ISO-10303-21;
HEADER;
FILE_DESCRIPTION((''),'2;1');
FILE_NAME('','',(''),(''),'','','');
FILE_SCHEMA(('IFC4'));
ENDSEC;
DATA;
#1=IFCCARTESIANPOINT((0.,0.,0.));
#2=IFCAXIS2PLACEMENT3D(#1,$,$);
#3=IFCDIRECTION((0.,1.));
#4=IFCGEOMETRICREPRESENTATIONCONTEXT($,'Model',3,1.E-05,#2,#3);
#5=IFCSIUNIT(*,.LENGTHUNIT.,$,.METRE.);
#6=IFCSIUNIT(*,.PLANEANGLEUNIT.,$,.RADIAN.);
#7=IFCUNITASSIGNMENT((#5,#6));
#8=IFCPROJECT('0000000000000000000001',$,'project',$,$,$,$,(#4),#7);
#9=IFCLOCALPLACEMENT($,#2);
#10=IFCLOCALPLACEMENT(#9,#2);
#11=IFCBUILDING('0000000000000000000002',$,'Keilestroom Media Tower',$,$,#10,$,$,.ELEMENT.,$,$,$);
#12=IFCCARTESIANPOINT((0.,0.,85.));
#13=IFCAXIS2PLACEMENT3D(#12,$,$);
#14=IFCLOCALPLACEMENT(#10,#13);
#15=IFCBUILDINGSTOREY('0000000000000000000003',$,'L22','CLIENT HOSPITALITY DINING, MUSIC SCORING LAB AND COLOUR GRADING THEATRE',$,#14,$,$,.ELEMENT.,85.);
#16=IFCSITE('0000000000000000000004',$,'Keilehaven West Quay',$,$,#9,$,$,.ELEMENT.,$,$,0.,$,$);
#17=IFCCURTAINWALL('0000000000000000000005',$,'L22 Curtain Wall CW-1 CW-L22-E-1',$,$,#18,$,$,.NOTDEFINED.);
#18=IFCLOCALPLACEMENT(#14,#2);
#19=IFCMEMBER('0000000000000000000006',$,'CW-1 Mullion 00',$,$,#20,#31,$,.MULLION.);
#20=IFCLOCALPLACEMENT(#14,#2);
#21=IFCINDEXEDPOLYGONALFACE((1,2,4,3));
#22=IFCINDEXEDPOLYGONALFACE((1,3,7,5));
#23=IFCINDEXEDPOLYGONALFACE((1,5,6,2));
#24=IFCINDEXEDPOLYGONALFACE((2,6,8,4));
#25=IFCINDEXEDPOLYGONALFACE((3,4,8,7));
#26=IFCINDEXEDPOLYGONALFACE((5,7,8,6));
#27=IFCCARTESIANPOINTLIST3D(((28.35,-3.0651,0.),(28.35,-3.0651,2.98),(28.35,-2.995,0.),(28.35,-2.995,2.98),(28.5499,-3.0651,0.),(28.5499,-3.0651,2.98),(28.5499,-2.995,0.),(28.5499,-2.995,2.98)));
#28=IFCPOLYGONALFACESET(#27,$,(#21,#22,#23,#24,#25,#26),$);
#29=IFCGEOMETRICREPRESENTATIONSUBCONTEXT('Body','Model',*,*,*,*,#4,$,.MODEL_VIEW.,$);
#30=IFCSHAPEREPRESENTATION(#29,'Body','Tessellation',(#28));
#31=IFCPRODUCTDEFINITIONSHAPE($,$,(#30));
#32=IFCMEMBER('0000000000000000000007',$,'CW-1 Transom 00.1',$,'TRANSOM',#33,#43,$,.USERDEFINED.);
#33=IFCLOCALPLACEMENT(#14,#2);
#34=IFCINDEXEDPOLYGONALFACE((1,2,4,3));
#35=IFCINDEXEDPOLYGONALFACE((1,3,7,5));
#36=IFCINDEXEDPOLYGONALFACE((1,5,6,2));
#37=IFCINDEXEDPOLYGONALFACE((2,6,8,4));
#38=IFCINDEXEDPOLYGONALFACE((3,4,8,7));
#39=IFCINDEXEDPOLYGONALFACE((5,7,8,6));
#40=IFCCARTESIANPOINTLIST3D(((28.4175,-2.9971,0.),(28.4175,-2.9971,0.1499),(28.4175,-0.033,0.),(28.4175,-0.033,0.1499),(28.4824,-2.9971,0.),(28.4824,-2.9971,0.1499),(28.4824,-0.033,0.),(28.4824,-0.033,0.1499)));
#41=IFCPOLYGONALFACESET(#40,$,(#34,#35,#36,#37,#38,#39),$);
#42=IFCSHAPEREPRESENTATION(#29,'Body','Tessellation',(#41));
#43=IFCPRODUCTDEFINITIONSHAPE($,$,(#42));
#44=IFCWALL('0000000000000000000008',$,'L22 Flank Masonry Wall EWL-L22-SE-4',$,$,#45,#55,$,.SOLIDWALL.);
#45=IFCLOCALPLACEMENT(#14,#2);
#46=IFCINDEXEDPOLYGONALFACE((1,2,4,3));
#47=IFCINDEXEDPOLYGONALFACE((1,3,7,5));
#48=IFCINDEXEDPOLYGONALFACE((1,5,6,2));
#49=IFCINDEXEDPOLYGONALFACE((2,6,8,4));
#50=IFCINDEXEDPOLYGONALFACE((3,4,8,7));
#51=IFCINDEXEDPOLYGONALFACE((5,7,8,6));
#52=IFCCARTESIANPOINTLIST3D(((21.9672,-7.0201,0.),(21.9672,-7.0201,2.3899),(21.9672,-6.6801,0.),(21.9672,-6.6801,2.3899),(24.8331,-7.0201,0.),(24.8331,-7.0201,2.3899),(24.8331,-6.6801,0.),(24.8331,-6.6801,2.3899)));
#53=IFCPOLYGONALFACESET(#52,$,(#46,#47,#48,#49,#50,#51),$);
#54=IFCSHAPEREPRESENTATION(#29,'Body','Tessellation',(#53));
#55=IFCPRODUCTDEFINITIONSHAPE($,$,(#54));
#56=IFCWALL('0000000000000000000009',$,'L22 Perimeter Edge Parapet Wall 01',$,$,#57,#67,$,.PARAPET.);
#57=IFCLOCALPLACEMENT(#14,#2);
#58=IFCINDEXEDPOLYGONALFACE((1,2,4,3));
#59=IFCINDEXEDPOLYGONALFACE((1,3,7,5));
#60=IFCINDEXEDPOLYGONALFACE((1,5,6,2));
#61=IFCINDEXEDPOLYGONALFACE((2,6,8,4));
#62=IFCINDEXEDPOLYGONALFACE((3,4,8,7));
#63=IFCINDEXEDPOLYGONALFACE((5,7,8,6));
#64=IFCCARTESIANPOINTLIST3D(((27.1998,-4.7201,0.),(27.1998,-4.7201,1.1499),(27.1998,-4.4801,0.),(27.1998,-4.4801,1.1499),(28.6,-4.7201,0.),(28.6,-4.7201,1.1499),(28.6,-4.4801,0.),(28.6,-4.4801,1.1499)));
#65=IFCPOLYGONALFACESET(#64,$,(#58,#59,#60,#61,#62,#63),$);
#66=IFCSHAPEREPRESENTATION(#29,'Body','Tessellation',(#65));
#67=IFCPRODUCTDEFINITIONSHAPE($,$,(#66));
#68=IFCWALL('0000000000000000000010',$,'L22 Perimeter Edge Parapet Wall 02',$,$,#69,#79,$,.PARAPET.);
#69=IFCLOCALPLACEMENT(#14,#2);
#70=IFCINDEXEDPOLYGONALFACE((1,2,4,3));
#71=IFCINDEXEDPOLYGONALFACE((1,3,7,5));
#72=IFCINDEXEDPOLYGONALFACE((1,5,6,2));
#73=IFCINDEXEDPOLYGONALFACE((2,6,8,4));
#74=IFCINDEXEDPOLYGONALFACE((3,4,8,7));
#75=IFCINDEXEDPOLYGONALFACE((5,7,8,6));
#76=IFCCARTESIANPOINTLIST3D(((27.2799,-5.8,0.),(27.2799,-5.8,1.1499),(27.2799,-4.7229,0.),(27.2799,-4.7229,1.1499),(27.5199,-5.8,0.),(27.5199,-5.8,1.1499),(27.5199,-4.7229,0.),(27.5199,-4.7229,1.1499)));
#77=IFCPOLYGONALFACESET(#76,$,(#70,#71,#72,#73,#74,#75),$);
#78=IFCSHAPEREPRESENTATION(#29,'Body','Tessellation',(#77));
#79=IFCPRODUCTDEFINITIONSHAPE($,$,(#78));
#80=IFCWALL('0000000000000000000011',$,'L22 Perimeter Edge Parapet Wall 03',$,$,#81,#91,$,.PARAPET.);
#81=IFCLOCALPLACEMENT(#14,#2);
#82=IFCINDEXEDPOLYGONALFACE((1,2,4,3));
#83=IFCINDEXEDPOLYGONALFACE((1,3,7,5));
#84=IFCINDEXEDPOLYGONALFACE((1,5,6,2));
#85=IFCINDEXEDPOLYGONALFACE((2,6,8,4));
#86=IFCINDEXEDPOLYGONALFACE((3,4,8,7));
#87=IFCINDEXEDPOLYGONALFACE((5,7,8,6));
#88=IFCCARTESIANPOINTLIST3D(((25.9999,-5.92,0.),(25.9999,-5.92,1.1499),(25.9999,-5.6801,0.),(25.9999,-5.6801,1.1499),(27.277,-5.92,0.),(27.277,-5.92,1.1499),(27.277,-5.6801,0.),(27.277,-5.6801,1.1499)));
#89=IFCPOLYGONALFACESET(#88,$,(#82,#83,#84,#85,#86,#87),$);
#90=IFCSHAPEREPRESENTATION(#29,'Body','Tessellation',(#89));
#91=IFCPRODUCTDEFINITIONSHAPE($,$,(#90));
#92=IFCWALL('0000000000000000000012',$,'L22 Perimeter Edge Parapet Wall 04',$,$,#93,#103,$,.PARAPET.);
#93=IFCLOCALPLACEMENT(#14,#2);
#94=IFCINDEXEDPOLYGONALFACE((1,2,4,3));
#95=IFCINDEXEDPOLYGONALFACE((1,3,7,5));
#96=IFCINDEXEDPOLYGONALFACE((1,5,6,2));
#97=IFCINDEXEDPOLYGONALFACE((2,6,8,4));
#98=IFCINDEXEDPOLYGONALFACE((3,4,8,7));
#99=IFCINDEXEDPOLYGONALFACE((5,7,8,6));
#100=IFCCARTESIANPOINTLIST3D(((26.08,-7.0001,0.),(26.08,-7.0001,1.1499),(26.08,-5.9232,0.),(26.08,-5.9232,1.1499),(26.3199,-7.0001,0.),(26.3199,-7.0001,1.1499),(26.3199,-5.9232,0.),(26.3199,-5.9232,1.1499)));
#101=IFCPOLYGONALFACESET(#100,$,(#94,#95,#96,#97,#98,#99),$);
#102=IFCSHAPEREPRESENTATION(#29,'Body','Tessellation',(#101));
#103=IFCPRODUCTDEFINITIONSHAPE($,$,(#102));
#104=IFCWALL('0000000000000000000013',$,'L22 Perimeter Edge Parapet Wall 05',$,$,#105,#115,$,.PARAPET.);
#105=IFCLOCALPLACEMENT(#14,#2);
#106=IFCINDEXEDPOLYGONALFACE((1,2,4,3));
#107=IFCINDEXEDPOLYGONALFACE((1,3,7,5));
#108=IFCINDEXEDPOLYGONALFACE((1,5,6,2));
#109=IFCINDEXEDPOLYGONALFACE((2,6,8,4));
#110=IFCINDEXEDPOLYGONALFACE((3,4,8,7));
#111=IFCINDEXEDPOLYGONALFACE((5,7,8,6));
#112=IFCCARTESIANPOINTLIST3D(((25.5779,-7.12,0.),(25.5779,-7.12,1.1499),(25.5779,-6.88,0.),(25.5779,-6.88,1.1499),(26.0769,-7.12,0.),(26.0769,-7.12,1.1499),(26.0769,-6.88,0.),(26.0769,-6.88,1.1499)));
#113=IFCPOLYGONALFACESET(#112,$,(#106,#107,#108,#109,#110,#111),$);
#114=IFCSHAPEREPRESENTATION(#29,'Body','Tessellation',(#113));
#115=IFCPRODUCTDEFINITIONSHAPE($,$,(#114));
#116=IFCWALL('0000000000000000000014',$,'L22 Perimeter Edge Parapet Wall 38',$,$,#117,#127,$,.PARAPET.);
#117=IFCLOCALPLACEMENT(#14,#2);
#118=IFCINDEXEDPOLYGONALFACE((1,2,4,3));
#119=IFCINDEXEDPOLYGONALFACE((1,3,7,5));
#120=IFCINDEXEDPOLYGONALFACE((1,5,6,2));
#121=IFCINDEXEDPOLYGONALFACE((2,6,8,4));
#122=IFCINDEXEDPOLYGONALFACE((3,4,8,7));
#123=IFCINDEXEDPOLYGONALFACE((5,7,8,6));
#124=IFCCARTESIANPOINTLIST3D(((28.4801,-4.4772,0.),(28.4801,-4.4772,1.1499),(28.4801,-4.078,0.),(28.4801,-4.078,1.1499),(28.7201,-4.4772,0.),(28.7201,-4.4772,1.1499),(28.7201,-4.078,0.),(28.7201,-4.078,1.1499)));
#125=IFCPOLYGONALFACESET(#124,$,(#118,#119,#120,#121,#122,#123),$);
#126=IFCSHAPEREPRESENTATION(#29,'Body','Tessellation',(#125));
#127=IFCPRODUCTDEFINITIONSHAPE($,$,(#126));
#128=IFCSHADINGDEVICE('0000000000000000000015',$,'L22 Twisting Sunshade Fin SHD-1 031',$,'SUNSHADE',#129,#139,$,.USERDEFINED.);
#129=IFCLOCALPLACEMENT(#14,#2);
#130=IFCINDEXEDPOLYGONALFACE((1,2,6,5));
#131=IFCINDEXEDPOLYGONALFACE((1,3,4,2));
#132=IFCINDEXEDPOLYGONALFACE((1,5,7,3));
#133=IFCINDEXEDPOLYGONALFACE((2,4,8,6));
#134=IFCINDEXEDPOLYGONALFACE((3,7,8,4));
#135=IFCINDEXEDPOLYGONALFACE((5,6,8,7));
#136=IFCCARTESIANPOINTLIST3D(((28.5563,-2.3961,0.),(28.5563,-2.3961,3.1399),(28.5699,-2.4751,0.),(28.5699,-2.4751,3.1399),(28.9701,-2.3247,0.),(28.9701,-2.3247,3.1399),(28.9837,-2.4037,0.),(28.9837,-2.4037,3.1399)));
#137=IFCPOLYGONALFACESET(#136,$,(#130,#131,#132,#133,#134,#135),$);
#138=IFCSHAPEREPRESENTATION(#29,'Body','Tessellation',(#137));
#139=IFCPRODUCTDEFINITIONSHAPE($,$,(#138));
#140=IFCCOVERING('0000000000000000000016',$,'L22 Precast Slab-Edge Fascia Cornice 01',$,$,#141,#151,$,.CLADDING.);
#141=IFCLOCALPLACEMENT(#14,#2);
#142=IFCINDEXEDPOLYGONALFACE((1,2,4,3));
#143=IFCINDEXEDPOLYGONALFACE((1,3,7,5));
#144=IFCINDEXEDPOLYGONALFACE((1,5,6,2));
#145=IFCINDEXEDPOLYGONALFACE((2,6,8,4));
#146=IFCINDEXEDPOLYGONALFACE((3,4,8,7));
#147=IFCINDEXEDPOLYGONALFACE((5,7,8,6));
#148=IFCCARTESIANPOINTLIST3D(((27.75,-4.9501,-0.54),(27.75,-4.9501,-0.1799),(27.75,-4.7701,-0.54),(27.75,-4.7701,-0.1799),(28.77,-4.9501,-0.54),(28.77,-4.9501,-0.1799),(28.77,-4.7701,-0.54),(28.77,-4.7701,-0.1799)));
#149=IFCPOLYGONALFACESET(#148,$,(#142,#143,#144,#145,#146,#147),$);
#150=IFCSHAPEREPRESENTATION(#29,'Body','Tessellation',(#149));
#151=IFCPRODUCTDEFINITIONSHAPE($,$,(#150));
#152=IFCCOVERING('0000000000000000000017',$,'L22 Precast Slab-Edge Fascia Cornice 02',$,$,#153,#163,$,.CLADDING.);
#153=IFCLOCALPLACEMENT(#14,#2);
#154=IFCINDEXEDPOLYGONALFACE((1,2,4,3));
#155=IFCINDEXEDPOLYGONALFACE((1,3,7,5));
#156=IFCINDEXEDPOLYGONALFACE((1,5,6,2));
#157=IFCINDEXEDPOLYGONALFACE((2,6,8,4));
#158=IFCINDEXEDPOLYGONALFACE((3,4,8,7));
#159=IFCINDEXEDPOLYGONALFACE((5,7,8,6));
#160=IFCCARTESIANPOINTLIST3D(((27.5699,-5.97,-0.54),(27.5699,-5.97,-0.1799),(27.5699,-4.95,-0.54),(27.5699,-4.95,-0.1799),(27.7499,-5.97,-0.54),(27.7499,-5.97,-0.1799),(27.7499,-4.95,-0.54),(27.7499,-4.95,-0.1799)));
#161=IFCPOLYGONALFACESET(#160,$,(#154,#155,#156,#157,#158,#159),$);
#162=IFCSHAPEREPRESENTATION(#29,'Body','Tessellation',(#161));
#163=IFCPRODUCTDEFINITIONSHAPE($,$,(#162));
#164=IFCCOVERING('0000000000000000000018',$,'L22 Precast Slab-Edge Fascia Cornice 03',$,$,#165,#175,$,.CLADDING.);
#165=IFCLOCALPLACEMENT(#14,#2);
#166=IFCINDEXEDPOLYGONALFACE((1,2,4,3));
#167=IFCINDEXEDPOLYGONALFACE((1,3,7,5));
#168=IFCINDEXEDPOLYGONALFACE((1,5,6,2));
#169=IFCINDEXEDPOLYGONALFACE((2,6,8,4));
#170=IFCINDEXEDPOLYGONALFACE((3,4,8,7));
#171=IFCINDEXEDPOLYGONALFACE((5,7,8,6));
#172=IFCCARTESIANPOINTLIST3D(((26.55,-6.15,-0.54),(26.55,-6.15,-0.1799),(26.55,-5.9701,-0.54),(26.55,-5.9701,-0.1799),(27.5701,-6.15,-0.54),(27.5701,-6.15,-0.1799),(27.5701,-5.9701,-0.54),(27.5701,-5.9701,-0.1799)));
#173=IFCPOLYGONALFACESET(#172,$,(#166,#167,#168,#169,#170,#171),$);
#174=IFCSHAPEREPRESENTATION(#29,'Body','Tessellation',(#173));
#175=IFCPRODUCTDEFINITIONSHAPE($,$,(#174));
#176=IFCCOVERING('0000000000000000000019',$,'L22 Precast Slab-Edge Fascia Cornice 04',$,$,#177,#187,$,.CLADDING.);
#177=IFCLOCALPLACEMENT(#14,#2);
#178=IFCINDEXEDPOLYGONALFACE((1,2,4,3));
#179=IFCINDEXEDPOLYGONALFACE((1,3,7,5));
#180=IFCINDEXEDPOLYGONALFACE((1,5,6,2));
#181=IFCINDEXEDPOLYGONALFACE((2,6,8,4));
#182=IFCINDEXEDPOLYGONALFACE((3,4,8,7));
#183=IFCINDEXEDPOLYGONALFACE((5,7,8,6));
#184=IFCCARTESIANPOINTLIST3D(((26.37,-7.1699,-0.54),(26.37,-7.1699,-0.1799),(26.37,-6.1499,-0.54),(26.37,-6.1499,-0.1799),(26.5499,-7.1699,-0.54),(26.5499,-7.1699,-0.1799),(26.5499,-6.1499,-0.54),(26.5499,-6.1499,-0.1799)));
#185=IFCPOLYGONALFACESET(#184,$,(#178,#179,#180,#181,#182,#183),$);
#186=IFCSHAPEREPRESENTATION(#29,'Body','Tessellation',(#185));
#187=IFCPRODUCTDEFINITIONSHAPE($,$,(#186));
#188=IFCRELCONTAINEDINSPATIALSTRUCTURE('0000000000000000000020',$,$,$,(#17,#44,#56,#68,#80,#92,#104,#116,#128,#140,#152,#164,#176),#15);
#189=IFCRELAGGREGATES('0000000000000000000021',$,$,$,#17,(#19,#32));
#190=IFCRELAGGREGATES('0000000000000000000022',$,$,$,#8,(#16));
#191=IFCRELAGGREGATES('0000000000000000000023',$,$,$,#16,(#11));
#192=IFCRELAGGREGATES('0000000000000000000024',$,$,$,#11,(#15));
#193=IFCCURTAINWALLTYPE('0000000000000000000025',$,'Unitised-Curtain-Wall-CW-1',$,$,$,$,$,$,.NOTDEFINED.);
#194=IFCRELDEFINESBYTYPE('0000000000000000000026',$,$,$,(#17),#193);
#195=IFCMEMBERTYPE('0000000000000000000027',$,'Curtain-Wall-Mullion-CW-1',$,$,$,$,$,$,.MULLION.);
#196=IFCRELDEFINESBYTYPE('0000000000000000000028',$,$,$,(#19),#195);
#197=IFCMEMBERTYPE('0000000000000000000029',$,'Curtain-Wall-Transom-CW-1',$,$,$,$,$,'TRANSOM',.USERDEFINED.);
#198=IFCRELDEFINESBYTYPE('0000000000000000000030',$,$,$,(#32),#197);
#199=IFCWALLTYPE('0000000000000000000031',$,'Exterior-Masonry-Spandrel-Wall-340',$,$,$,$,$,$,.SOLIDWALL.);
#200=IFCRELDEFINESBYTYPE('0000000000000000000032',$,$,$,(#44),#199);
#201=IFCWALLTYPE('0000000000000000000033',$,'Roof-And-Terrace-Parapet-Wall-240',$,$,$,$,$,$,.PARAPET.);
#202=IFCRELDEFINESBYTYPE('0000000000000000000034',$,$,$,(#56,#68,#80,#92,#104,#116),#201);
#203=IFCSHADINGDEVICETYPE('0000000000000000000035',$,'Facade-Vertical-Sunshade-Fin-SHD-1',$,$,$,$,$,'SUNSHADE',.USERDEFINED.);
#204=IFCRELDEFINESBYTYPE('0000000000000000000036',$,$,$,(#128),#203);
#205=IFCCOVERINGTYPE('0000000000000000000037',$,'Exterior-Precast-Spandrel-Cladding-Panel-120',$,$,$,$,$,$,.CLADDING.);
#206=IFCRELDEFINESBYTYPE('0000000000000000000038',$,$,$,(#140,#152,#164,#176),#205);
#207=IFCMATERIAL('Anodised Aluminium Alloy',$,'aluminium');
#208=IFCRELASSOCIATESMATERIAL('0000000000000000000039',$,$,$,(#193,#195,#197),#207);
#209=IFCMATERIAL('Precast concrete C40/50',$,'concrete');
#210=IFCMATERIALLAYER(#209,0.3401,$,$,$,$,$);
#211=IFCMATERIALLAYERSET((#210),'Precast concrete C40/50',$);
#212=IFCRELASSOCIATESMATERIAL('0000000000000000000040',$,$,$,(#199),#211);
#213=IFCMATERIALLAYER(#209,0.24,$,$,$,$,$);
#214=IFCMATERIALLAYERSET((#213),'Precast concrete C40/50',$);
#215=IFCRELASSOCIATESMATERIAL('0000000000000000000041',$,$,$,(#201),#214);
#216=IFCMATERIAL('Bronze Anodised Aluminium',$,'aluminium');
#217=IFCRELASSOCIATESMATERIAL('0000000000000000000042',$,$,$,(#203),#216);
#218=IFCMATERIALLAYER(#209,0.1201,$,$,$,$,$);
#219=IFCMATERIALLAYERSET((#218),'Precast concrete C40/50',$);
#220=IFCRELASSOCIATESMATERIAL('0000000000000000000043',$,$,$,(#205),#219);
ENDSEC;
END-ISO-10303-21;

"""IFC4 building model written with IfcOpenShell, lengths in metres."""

from ifc_helpers import new_model, si_unit, direction, frame, frame_2d, origin, origin_2d, place, context, subcontext, project, spatial, rectangle, extrude, source, transform, mapped, material, layer, layer_set, material_profile, profile_set, type_object, element, aggregate, save


model = new_model("IFC4")

# Units and contexts
model_context = context("Model", 3, precision=1e-05, world=origin(), true_north=direction((0.0, 1.0)))
body_context = subcontext(model_context, "Body", "Model", "MODEL_VIEW")
ifc_project = project(units=[si_unit("LENGTHUNIT", "METRE"), si_unit("PLANEANGLEUNIT", "RADIAN")], contexts=[model_context])

# Site, building, storey
site_placement = place(None, origin())
site = spatial("IfcSite", under=ifc_project, at=site_placement, Name="Keilehaven West Quay", CompositionType="ELEMENT", RefElevation=0.0)
building_placement = place(site_placement, origin())
building = spatial("IfcBuilding", under=site, at=building_placement, Name="Keilestroom Media Tower", CompositionType="ELEMENT")
storey_placement = place(building_placement, frame((0.0, 0.0, 85.0)))
storey = spatial("IfcBuildingStorey", under=building, at=storey_placement, Name="L22", Description="CLIENT HOSPITALITY DINING, MUSIC SCORING LAB AND COLOUR GRADING THEATRE", CompositionType="ELEMENT", Elevation=85.0)

# Shared definitions
ifc_material_1 = material(Name="Precast concrete C40/50", Category="concrete")

# Curtain wall, members
ifc_material_2 = material(Name="Anodised Aluminium Alloy", Category="aluminium")
curtain_wall_type = type_object("IfcCurtainWallType", Name="Unitised-Curtain-Wall-CW-1", PredefinedType="NOTDEFINED", material=ifc_material_2)
curtain_wall_placement = place(storey_placement, origin())
curtain_wall = element("IfcCurtainWall", 1, at=curtain_wall_placement, inside=storey, type_object=curtain_wall_type, Name="L22 Curtain Wall CW-1 CW-L22-E-1", PredefinedType="NOTDEFINED")
ifc_material_profile_1 = material_profile(ifc_material_2, rectangle(XDim=0.0701, YDim=0.2, at=origin_2d()), Name="ALU MULLION 70x200")
ifc_profile_set_1 = profile_set([ifc_material_profile_1], Name="Anodised Aluminium Alloy")
member_type_1 = type_object("IfcMemberType", Name="Curtain-Wall-Mullion-CW-1", PredefinedType="MULLION", material=ifc_profile_set_1)
shared_shape_1 = source(origin(), body_context, "Body", "SweptSolid", [
    extrude(rectangle(XDim=0.0701, YDim=0.2, at=origin_2d()), origin(), (0.0, 0.0, 1.0), 2.98),
])
member_1_placement = place(storey_placement, frame((28.45, -3.03, 0.0), z_axis=(0.0, 0.0, 1.0), x_axis=(0.0, 1.0, 0.0)))
member_1 = element("IfcMember", 2, at=member_1_placement, type_object=member_type_1, Name="CW-1 Mullion 00", PredefinedType="MULLION", context=body_context, shape_type="MappedRepresentation", body=[
    mapped(shared_shape_1, transform((0.0, 0.0, 0.0), x_axis=(1.0, 0.0, 0.0), y_axis=(0.0, 1.0, 0.0), z_axis=(0.0, 0.0, 1.0), scale=1.0)),
])
ifc_material_profile_2 = material_profile(ifc_material_2, rectangle(XDim=0.0649, YDim=0.1499, at=origin_2d()), Name="ALU TRANSOM 65x150")
ifc_profile_set_2 = profile_set([ifc_material_profile_2], Name="Anodised Aluminium Alloy")
member_type_2 = type_object("IfcMemberType", Name="Curtain-Wall-Transom-CW-1", ElementType="TRANSOM", PredefinedType="USERDEFINED", material=ifc_profile_set_2)
shared_shape_2 = source(origin(), body_context, "Body", "SweptSolid", [
    extrude(rectangle(XDim=0.0649, YDim=0.1499, at=origin_2d()), origin(), (0.0, 0.0, 1.0), 2.9641),
])
member_2_placement = place(storey_placement, frame((28.45, -2.9971, 0.075), z_axis=(0.0, 1.0, 0.0), x_axis=(-1.0, 0.0, 0.0)))
member_2 = element("IfcMember", 3, at=member_2_placement, type_object=member_type_2, Name="CW-1 Transom 00.1", ObjectType="TRANSOM", PredefinedType="USERDEFINED", context=body_context, shape_type="MappedRepresentation", body=[
    mapped(shared_shape_2, transform((0.0, 0.0, 0.0), x_axis=(1.0, 0.0, 0.0), y_axis=(0.0, 1.0, 0.0), z_axis=(0.0, 0.0, 1.0), scale=1.0)),
])
aggregate(curtain_wall, [member_1, member_2])

# Walls
ifc_layer_1 = layer(ifc_material_1, 0.3401)
ifc_layer_set_1 = layer_set([ifc_layer_1], Name="Precast concrete C40/50")
wall_type_1 = type_object("IfcWallType", Name="Exterior-Masonry-Spandrel-Wall-340", PredefinedType="SOLIDWALL", material=ifc_layer_set_1)
wall_1_placement = place(storey_placement, frame((21.967, -6.8501, 0.0), z_axis=(0.0, 0.0, 1.0), x_axis=(1.0, 0.0, 0.0)))
element("IfcWall", 4, at=wall_1_placement, inside=storey, type_object=wall_type_1, Name="L22 Flank Masonry Wall EWL-L22-SE-4", PredefinedType="SOLIDWALL", context=body_context, shape_type="SweptSolid", body=[
    extrude(rectangle(XDim=2.866, YDim=0.3401, at=frame_2d((1.4331, 0.0))), origin(), (0.0, 0.0, 1.0), 2.3899),
])
ifc_layer_2 = layer(ifc_material_1, 0.24)
ifc_layer_set_2 = layer_set([ifc_layer_2], Name="Precast concrete C40/50")
wall_type_2 = type_object("IfcWallType", Name="Roof-And-Terrace-Parapet-Wall-240", PredefinedType="PARAPET", material=ifc_layer_set_2)
wall_2_placement = place(storey_placement, frame((28.6001, -4.6001, 0.0), z_axis=(0.0, 0.0, 1.0), x_axis=(-1.0, 0.0, 0.0)))
element("IfcWall", 5, at=wall_2_placement, inside=storey, type_object=wall_type_2, Name="L22 Perimeter Edge Parapet Wall 01", PredefinedType="PARAPET", context=body_context, shape_type="SweptSolid", body=[
    extrude(rectangle(XDim=1.4001, YDim=0.24, at=frame_2d((0.7002, 0.0))), origin(), (0.0, 0.0, 1.0), 1.1499),
])
wall_3_placement = place(storey_placement, frame((27.3999, -4.7229, 0.0), z_axis=(0.0, 0.0, 1.0), x_axis=(0.0, -1.0, 0.0)))
element("IfcWall", 6, at=wall_3_placement, inside=storey, type_object=wall_type_2, Name="L22 Perimeter Edge Parapet Wall 02", PredefinedType="PARAPET", context=body_context, shape_type="SweptSolid", body=[
    extrude(rectangle(XDim=1.0771, YDim=0.24, at=frame_2d((0.5386, 0.0))), origin(), (0.0, 0.0, 1.0), 1.1499),
])
wall_4_placement = place(storey_placement, frame((27.2771, -5.8, 0.0), z_axis=(0.0, 0.0, 1.0), x_axis=(-1.0, 0.0, 0.0)))
element("IfcWall", 7, at=wall_4_placement, inside=storey, type_object=wall_type_2, Name="L22 Perimeter Edge Parapet Wall 03", PredefinedType="PARAPET", context=body_context, shape_type="SweptSolid", body=[
    extrude(rectangle(XDim=1.2771, YDim=0.24, at=frame_2d((0.6387, 0.0))), origin(), (0.0, 0.0, 1.0), 1.1499),
])
wall_5_placement = place(storey_placement, frame((26.2, -5.9231, 0.0), z_axis=(0.0, 0.0, 1.0), x_axis=(0.0, -1.0, 0.0)))
element("IfcWall", 8, at=wall_5_placement, inside=storey, type_object=wall_type_2, Name="L22 Perimeter Edge Parapet Wall 04", PredefinedType="PARAPET", context=body_context, shape_type="SweptSolid", body=[
    extrude(rectangle(XDim=1.0769, YDim=0.24, at=frame_2d((0.5386, 0.0))), origin(), (0.0, 0.0, 1.0), 1.1499),
])
wall_6_placement = place(storey_placement, frame((26.0769, -7.0, 0.0), z_axis=(0.0, 0.0, 1.0), x_axis=(-1.0, 0.0, 0.0)))
element("IfcWall", 9, at=wall_6_placement, inside=storey, type_object=wall_type_2, Name="L22 Perimeter Edge Parapet Wall 05", PredefinedType="PARAPET", context=body_context, shape_type="SweptSolid", body=[
    extrude(rectangle(XDim=0.499, YDim=0.24, at=frame_2d((0.2495, 0.0))), origin(), (0.0, 0.0, 1.0), 1.1499),
])
wall_7_placement = place(storey_placement, frame((28.6001, -4.0779, 0.0), z_axis=(0.0, 0.0, 1.0), x_axis=(0.0, -1.0, 0.0)))
element("IfcWall", 10, at=wall_7_placement, inside=storey, type_object=wall_type_2, Name="L22 Perimeter Edge Parapet Wall 38", PredefinedType="PARAPET", context=body_context, shape_type="SweptSolid", body=[
    extrude(rectangle(XDim=0.3992, YDim=0.24, at=frame_2d((0.1997, 0.0))), origin(), (0.0, 0.0, 1.0), 1.1499),
])

# Shading device
ifc_material_3 = material(Name="Bronze Anodised Aluminium", Category="aluminium")
shading_device_type = type_object("IfcShadingDeviceType", Name="Facade-Vertical-Sunshade-Fin-SHD-1", ElementType="SUNSHADE", PredefinedType="USERDEFINED", material=ifc_material_3)
shared_shape_3 = source(origin(), body_context, "Body", "SweptSolid", [
    extrude(rectangle(XDim=0.4199, YDim=0.0801, at=origin_2d()), origin(), (0.0, 0.0, 1.0), 3.1399),
])
shading_device_placement = place(storey_placement, frame((28.77, -2.3999, 0.0), z_axis=(0.0, 0.0, 1.0), x_axis=(0.985438, 0.170038, 0.0)))
element("IfcShadingDevice", 11, at=shading_device_placement, inside=storey, type_object=shading_device_type, Name="L22 Twisting Sunshade Fin SHD-1 031", ObjectType="SUNSHADE", PredefinedType="USERDEFINED", context=body_context, shape_type="MappedRepresentation", body=[
    mapped(shared_shape_3, transform((0.0, 0.0, 0.0), x_axis=(1.0, 0.0, 0.0), y_axis=(0.0, 1.0, 0.0), z_axis=(0.0, 0.0, 1.0), scale=1.0)),
])

# Coverings
ifc_layer_3 = layer(ifc_material_1, 0.1201)
ifc_layer_set_3 = layer_set([ifc_layer_3], Name="Precast concrete C40/50")
covering_type = type_object("IfcCoveringType", Name="Exterior-Precast-Spandrel-Cladding-Panel-120", PredefinedType="CLADDING", material=ifc_layer_set_3)
shared_shape_4 = source(origin(), body_context, "Body", "SweptSolid", [
    extrude(rectangle(XDim=1.02, YDim=0.1799, at=origin_2d()), origin(), (0.0, 0.0, 1.0), 0.3601),
])
for number, where, z_axis, x_axis, name in (
    (12, (28.26, -4.8601, -0.54), (0.0, 0.0, 1.0), (-1.0, 0.0, 0.0), "L22 Precast Slab-Edge Fascia Cornice 01"),
    (13, (27.6599, -5.46, -0.54), (0.0, 0.0, 1.0), (0.0, -1.0, 0.0), "L22 Precast Slab-Edge Fascia Cornice 02"),
    (14, (27.0601, -6.0601, -0.54), (0.0, 0.0, 1.0), (-1.0, 0.0, 0.0), "L22 Precast Slab-Edge Fascia Cornice 03"),
    (15, (26.46, -6.6599, -0.54), (0.0, 0.0, 1.0), (0.0, -1.0, 0.0), "L22 Precast Slab-Edge Fascia Cornice 04"),
):
    element("IfcCovering", number, at=place(storey_placement, frame(where, z_axis=z_axis, x_axis=x_axis)), inside=storey, type_object=covering_type, Name=name, PredefinedType="CLADDING", context=body_context, shape_type="MappedRepresentation", body=[
        mapped(shared_shape_4, transform((0.0, 0.0, 0.0), x_axis=(1.0, 0.0, 0.0), y_axis=(0.0, 1.0, 0.0), z_axis=(0.0, 0.0, 1.0), scale=1.0)),
    ])

save(model, "model.ifc")
